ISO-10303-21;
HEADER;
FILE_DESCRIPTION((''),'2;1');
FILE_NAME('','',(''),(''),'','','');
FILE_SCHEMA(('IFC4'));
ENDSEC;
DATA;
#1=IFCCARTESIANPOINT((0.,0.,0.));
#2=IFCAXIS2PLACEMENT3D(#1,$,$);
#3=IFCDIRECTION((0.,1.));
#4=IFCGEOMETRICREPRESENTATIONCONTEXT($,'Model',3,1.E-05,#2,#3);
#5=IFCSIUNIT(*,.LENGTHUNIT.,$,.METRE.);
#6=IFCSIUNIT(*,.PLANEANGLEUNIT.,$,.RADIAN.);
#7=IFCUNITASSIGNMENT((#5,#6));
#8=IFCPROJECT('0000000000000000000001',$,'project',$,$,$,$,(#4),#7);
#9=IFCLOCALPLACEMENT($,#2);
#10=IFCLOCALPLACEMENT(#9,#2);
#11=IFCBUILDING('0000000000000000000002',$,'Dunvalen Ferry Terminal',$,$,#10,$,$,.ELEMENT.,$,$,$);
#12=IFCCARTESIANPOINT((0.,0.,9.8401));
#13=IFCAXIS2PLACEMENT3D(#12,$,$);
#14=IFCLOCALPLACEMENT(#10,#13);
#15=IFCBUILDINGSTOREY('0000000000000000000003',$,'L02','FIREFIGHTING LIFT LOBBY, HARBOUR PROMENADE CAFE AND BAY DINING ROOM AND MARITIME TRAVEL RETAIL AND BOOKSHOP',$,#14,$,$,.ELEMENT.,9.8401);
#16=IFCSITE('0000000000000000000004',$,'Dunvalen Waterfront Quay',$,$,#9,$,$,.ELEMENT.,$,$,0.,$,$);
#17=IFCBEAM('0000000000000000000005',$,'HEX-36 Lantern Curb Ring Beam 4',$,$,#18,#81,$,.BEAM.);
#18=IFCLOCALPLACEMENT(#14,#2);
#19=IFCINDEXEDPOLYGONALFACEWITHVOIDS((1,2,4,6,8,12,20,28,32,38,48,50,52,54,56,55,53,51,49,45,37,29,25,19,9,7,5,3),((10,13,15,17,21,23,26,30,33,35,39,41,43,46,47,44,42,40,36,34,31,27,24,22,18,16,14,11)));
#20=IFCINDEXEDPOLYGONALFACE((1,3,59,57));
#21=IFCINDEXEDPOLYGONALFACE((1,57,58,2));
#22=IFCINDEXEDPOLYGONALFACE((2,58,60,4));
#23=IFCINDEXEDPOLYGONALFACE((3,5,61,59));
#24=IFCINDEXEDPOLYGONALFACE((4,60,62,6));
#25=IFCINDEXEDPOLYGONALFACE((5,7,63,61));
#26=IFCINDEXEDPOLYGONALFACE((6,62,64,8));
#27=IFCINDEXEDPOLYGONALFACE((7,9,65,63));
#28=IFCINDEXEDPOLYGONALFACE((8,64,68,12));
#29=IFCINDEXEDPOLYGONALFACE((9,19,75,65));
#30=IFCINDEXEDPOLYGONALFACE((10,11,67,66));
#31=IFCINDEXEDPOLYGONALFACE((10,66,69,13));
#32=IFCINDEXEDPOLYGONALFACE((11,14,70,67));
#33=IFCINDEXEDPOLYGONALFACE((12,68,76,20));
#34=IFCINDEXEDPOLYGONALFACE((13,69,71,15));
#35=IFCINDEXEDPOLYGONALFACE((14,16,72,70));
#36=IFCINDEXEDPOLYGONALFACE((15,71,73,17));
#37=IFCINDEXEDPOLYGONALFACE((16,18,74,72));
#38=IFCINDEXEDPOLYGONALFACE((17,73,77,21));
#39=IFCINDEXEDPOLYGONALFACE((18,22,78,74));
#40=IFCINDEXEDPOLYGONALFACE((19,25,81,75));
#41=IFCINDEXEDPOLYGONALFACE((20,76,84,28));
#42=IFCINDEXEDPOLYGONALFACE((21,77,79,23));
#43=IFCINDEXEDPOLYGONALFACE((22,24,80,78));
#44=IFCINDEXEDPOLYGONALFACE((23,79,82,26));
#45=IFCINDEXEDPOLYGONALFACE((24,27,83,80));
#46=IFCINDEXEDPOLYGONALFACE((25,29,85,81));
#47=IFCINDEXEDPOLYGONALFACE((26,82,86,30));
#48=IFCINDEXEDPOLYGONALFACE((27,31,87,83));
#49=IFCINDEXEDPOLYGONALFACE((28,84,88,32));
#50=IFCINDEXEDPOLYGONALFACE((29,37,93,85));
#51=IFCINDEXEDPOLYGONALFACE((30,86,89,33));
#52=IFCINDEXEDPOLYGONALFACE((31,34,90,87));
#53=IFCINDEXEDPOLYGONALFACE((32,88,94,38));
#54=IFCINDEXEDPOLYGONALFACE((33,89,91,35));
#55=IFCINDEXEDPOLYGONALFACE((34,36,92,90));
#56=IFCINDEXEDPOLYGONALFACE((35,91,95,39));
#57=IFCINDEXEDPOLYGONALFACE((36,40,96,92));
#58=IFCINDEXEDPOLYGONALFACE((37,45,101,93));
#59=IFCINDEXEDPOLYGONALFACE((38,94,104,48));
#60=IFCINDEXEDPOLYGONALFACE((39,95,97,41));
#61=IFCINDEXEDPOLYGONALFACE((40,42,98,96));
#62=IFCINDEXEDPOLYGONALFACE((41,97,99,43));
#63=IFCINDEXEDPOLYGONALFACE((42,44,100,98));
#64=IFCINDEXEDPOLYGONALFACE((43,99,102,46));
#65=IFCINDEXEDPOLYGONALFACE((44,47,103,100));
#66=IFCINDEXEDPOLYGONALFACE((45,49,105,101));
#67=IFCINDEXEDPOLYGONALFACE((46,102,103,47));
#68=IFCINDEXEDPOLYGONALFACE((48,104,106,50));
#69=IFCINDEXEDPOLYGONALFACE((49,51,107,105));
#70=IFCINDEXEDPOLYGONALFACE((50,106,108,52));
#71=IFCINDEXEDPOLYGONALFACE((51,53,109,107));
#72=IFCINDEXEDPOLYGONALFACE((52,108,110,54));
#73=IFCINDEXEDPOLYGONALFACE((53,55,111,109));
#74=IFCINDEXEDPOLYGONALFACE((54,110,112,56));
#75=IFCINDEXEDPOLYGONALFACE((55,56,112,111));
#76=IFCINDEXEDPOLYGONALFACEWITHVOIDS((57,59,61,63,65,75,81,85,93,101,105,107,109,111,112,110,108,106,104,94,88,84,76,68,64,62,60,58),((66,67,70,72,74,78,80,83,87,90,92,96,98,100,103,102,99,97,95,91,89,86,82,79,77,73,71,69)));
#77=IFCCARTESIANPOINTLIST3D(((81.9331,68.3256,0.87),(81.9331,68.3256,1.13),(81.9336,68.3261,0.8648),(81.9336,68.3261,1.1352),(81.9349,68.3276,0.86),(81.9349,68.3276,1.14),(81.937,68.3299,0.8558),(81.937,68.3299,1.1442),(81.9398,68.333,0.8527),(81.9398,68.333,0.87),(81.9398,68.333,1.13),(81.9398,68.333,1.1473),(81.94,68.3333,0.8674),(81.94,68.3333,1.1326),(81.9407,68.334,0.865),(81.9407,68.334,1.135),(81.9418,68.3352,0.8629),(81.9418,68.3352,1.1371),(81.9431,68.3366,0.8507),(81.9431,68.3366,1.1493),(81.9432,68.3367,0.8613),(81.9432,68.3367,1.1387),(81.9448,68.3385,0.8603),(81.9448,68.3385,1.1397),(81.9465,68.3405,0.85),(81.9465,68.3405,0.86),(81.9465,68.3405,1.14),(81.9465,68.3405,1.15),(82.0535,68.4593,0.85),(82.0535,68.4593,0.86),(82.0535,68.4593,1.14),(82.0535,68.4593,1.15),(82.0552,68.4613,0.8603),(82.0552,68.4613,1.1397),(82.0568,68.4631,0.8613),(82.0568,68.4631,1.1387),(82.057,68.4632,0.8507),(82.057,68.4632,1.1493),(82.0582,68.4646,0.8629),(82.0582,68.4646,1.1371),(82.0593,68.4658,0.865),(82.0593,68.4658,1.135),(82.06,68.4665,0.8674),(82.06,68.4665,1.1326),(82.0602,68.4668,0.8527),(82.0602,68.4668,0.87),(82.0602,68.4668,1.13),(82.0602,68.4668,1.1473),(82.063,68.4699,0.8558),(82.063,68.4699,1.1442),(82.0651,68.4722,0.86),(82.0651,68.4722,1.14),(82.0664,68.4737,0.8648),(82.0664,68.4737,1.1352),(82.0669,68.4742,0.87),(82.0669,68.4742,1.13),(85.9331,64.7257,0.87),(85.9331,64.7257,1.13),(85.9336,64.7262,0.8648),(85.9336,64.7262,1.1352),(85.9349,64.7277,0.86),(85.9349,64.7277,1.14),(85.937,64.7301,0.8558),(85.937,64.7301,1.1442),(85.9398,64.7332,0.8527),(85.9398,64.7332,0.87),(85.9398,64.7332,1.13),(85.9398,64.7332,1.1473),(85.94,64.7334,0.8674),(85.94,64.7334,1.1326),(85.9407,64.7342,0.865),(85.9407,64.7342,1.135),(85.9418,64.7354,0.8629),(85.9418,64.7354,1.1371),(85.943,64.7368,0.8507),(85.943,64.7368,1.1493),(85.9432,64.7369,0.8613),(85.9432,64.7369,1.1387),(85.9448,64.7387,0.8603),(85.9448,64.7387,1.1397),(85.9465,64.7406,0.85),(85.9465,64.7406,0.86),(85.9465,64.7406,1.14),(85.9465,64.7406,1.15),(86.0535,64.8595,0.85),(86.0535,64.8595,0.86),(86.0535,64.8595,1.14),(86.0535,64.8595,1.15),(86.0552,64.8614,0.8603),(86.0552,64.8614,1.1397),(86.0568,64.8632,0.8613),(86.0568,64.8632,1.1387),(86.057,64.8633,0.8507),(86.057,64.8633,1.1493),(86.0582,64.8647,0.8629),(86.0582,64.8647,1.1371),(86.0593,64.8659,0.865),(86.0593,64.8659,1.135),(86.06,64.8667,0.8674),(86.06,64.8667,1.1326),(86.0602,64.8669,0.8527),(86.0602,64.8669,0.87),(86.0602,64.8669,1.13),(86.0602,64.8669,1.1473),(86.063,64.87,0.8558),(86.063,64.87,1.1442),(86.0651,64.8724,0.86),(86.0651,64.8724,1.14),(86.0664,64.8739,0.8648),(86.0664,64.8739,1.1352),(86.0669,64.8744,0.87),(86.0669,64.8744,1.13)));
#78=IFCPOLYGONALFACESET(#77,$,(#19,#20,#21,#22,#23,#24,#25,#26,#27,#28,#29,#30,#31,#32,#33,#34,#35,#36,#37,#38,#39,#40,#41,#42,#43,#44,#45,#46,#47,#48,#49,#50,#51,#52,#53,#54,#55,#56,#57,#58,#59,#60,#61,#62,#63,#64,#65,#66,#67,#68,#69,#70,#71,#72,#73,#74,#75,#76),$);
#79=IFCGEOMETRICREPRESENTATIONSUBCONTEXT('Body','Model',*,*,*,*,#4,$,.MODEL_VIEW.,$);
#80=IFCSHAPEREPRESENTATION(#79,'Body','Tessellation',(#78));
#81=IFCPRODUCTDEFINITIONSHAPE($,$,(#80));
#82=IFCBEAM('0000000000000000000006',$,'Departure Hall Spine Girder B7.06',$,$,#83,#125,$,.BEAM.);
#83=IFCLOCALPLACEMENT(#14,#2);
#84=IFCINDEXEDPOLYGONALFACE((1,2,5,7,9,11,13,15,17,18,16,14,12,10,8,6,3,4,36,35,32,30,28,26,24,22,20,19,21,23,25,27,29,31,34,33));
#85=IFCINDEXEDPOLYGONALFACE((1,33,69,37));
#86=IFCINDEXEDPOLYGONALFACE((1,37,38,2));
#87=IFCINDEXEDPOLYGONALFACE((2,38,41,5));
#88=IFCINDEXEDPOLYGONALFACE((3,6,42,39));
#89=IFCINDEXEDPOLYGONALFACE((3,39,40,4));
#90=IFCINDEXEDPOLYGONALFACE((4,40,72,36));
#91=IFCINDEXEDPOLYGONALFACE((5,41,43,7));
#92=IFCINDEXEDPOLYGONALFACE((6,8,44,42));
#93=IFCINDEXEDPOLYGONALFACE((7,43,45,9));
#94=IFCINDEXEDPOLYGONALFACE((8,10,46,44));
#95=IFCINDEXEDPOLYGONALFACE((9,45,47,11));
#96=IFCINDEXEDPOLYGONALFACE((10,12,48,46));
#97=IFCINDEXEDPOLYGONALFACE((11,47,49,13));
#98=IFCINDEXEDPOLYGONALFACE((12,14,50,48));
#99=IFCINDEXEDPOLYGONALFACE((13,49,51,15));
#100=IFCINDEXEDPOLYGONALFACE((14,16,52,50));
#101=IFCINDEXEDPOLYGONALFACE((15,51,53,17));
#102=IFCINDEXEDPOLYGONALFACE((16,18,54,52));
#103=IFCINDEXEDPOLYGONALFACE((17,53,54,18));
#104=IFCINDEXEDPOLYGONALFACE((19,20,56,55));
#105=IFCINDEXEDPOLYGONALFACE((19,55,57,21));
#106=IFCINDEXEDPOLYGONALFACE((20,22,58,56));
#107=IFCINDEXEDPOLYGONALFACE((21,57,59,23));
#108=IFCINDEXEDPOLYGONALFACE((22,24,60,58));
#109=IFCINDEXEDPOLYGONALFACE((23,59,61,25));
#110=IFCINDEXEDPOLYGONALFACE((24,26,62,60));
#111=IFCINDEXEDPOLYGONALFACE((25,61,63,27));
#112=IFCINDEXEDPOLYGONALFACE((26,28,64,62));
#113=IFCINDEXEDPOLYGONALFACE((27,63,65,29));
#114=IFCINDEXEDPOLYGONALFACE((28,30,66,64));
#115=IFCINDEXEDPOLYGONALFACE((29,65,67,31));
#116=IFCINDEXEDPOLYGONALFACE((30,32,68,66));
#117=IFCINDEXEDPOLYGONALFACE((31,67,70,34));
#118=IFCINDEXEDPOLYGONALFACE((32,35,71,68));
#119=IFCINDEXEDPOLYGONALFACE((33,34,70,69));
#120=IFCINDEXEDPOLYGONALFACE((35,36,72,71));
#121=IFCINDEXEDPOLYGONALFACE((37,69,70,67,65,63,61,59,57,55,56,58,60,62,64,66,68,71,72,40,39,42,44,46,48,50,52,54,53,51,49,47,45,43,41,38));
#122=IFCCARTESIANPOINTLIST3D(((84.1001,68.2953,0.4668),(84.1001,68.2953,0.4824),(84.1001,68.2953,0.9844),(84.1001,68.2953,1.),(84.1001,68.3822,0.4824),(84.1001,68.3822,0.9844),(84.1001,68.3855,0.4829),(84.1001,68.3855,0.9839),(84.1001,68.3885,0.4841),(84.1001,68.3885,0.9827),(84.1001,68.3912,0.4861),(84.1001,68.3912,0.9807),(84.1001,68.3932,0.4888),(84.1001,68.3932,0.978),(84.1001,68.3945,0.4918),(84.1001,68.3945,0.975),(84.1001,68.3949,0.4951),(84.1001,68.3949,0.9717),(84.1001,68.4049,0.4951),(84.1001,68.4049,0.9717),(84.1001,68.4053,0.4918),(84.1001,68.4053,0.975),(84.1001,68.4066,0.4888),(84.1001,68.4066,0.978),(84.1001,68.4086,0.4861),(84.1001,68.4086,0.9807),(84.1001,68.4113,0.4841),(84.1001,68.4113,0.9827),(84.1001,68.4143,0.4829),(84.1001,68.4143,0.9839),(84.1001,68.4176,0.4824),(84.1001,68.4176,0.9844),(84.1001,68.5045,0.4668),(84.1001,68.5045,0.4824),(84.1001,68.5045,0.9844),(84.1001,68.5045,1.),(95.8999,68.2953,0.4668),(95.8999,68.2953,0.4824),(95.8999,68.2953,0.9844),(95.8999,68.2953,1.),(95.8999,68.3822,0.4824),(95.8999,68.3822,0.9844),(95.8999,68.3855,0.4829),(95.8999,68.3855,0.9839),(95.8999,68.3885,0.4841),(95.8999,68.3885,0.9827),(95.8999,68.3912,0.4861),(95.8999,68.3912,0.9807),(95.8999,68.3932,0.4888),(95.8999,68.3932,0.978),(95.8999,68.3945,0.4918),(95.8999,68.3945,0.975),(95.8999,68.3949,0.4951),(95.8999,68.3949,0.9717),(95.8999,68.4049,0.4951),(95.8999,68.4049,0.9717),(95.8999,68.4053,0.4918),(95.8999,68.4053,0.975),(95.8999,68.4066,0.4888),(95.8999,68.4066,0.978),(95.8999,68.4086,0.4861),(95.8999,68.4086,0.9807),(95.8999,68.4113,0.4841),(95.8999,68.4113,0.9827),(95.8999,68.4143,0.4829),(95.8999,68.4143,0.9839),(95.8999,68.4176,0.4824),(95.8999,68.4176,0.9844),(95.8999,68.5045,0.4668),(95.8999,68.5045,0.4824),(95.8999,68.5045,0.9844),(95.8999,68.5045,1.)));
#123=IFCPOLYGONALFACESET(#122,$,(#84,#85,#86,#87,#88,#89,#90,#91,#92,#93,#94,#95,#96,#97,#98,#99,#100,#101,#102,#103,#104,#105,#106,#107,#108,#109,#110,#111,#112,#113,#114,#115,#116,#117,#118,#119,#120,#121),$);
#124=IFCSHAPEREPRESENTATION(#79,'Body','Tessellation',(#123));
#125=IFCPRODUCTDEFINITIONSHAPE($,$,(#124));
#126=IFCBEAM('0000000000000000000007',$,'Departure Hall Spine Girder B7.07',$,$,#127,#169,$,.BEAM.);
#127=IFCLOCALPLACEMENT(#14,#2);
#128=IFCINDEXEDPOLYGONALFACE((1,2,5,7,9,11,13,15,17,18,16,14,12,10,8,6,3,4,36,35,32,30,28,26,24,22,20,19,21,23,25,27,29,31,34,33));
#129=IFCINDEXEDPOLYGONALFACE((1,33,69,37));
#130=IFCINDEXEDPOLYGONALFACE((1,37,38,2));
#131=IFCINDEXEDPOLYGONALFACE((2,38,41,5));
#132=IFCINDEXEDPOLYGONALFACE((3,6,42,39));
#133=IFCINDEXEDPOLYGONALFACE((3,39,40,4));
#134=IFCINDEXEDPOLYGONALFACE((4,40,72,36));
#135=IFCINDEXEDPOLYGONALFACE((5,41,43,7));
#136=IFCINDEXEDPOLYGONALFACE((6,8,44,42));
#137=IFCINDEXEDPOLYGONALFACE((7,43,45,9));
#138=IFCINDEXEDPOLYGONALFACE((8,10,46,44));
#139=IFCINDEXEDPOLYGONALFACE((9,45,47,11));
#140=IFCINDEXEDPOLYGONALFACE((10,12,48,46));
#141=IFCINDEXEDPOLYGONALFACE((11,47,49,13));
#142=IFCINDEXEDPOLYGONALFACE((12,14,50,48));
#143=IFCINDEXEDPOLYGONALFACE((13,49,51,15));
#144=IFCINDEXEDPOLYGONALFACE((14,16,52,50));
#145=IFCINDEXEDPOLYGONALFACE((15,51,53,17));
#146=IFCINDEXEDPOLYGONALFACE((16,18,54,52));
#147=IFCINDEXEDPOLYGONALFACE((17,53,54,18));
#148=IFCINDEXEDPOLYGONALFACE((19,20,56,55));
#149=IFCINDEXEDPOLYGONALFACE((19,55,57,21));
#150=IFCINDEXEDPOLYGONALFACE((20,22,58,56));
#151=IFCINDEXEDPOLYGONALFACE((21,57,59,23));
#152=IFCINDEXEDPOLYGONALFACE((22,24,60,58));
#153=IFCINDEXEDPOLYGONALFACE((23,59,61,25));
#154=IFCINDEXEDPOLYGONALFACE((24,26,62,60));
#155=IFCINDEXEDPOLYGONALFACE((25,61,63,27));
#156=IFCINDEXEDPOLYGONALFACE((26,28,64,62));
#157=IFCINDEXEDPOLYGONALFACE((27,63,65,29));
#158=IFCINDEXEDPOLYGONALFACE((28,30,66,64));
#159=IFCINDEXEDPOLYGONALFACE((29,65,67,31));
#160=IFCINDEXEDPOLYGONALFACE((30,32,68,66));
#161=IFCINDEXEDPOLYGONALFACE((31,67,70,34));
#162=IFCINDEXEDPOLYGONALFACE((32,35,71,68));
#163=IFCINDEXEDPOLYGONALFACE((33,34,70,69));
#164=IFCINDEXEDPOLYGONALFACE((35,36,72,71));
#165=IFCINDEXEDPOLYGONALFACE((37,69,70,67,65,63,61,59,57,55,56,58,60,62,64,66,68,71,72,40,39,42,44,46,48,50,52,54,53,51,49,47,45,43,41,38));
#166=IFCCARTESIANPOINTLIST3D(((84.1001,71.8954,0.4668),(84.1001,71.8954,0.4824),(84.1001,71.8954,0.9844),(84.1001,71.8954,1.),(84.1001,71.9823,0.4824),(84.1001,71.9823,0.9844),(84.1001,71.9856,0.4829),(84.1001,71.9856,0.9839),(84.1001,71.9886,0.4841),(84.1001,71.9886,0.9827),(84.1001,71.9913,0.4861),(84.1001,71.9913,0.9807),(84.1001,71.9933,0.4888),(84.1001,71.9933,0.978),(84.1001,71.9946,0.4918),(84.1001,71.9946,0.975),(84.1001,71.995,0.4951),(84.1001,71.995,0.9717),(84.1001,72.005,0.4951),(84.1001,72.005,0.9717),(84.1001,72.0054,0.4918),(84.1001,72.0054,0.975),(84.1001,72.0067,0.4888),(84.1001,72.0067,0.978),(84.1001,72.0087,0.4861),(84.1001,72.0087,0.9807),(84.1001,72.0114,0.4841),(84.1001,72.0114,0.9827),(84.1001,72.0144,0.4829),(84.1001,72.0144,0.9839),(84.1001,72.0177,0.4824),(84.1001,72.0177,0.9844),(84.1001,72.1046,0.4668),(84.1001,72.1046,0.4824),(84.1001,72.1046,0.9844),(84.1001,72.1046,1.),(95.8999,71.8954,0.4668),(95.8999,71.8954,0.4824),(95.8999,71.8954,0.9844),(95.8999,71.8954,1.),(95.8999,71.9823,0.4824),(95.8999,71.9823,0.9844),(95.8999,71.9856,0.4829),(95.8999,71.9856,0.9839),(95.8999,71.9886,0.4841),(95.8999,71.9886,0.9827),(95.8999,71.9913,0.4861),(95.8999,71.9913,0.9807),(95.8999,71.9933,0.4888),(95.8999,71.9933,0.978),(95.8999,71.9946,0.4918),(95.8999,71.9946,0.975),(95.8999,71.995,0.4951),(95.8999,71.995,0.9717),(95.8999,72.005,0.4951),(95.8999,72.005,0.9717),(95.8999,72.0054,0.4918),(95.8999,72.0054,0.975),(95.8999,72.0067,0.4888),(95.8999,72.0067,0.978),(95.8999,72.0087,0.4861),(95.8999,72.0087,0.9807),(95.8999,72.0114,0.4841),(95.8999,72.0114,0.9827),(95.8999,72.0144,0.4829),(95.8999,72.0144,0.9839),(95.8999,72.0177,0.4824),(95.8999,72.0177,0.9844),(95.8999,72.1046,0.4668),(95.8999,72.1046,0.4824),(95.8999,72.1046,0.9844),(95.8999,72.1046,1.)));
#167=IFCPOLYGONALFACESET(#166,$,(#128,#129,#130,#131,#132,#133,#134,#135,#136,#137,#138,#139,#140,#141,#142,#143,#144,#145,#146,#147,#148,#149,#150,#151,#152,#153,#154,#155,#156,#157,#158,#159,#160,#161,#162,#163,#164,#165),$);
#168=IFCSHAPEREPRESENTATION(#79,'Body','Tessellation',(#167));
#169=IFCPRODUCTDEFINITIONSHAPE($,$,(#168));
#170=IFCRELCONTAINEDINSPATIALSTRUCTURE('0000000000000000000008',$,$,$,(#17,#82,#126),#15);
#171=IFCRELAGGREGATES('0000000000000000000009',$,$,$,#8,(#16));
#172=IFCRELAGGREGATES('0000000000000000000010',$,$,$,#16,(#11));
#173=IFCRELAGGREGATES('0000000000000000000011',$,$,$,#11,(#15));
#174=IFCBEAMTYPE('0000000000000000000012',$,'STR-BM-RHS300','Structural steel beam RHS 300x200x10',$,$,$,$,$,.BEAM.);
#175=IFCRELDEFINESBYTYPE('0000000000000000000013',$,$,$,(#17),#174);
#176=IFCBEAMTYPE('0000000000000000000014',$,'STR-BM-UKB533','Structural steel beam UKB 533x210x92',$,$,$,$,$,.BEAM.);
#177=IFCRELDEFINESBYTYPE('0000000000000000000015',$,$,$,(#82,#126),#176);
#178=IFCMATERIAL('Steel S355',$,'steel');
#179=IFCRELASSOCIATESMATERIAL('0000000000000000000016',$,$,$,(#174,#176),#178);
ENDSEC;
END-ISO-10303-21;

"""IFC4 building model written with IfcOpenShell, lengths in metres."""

from ifc_helpers import new_model, si_unit, direction, frame, origin, origin_2d, place, context, subcontext, project, spatial, hollow_rectangle, i_section, extrude, material, material_profile, profile_set, type_object, element, save


model = new_model("IFC4")

# Units and contexts
model_context = context("Model", 3, precision=1e-05, world=origin(), true_north=direction((0.0, 1.0)))
body_context = subcontext(model_context, "Body", "Model", "MODEL_VIEW")
ifc_project = project(units=[si_unit("LENGTHUNIT", "METRE"), si_unit("PLANEANGLEUNIT", "RADIAN")], contexts=[model_context])

# Site, building, storey
site_placement = place(None, origin())
site = spatial("IfcSite", under=ifc_project, at=site_placement, Name="Dunvalen Waterfront Quay", CompositionType="ELEMENT", RefElevation=0.0)
building_placement = place(site_placement, origin())
building = spatial("IfcBuilding", under=site, at=building_placement, Name="Dunvalen Ferry Terminal", CompositionType="ELEMENT")
storey_placement = place(building_placement, frame((0.0, 0.0, 9.8401)))
storey = spatial("IfcBuildingStorey", under=building, at=storey_placement, Name="L02", Description="FIREFIGHTING LIFT LOBBY, HARBOUR PROMENADE CAFE AND BAY DINING ROOM AND MARITIME TRAVEL RETAIL AND BOOKSHOP", CompositionType="ELEMENT", Elevation=9.8401)

# Beams
ifc_material_1 = material(Name="Steel S355", Category="steel")
ifc_material_profile_1 = material_profile(ifc_material_1, hollow_rectangle(XDim=0.2, YDim=0.3, WallThickness=0.01, InnerFilletRadius=0.01, OuterFilletRadius=0.02, at=origin_2d()), Name="Steel S355")
ifc_profile_set_1 = profile_set([ifc_material_profile_1], Name="Steel S355")
beam_type_1 = type_object("IfcBeamType", Name="STR-BM-RHS300", Description="Structural steel beam RHS 300x200x10", PredefinedType="BEAM", material=ifc_profile_set_1)
beam_1_placement = place(storey_placement, frame((86.0, 64.8, 1.0), z_axis=(-0.743308, 0.66895, 0.0), x_axis=(-0.66895, -0.743308, 0.0)))
element("IfcBeam", 1, at=beam_1_placement, inside=storey, type_object=beam_type_1, Name="HEX-36 Lantern Curb Ring Beam 4", PredefinedType="BEAM", context=body_context, shape_type="SweptSolid", body=[
    extrude(hollow_rectangle(XDim=0.2, YDim=0.3, WallThickness=0.01, InnerFilletRadius=0.01, OuterFilletRadius=0.02, at=origin_2d()), origin(), (0.0, 0.0, 1.0), 5.3813),
])
ifc_material_profile_2 = material_profile(ifc_material_1, i_section(OverallWidth=0.2092, OverallDepth=0.5332, WebThickness=0.01, FlangeThickness=0.0156, FilletRadius=0.0127, at=origin_2d()), Name="Steel S355")
ifc_profile_set_2 = profile_set([ifc_material_profile_2], Name="Steel S355")
beam_type_2 = type_object("IfcBeamType", Name="STR-BM-UKB533", Description="Structural steel beam UKB 533x210x92", PredefinedType="BEAM", material=ifc_profile_set_2)
for number, where, z_axis, x_axis, name in (
    (2, (84.1001, 68.3999, 0.7334), (1.0, 0.0, 0.0), (0.0, 1.0, 0.0), "Departure Hall Spine Girder B7.06"),
    (3, (84.1001, 72.0, 0.7334), (1.0, 0.0, 0.0), (0.0, 1.0, 0.0), "Departure Hall Spine Girder B7.07"),
):
    element("IfcBeam", number, at=place(storey_placement, frame(where, z_axis=z_axis, x_axis=x_axis)), inside=storey, type_object=beam_type_2, Name=name, PredefinedType="BEAM", context=body_context, shape_type="SweptSolid", body=[
        extrude(i_section(OverallWidth=0.2092, OverallDepth=0.5332, WebThickness=0.01, FlangeThickness=0.0156, FilletRadius=0.0127, at=origin_2d()), origin(), (0.0, 0.0, 1.0), 11.7998),
    ])

save(model, "model.ifc")
